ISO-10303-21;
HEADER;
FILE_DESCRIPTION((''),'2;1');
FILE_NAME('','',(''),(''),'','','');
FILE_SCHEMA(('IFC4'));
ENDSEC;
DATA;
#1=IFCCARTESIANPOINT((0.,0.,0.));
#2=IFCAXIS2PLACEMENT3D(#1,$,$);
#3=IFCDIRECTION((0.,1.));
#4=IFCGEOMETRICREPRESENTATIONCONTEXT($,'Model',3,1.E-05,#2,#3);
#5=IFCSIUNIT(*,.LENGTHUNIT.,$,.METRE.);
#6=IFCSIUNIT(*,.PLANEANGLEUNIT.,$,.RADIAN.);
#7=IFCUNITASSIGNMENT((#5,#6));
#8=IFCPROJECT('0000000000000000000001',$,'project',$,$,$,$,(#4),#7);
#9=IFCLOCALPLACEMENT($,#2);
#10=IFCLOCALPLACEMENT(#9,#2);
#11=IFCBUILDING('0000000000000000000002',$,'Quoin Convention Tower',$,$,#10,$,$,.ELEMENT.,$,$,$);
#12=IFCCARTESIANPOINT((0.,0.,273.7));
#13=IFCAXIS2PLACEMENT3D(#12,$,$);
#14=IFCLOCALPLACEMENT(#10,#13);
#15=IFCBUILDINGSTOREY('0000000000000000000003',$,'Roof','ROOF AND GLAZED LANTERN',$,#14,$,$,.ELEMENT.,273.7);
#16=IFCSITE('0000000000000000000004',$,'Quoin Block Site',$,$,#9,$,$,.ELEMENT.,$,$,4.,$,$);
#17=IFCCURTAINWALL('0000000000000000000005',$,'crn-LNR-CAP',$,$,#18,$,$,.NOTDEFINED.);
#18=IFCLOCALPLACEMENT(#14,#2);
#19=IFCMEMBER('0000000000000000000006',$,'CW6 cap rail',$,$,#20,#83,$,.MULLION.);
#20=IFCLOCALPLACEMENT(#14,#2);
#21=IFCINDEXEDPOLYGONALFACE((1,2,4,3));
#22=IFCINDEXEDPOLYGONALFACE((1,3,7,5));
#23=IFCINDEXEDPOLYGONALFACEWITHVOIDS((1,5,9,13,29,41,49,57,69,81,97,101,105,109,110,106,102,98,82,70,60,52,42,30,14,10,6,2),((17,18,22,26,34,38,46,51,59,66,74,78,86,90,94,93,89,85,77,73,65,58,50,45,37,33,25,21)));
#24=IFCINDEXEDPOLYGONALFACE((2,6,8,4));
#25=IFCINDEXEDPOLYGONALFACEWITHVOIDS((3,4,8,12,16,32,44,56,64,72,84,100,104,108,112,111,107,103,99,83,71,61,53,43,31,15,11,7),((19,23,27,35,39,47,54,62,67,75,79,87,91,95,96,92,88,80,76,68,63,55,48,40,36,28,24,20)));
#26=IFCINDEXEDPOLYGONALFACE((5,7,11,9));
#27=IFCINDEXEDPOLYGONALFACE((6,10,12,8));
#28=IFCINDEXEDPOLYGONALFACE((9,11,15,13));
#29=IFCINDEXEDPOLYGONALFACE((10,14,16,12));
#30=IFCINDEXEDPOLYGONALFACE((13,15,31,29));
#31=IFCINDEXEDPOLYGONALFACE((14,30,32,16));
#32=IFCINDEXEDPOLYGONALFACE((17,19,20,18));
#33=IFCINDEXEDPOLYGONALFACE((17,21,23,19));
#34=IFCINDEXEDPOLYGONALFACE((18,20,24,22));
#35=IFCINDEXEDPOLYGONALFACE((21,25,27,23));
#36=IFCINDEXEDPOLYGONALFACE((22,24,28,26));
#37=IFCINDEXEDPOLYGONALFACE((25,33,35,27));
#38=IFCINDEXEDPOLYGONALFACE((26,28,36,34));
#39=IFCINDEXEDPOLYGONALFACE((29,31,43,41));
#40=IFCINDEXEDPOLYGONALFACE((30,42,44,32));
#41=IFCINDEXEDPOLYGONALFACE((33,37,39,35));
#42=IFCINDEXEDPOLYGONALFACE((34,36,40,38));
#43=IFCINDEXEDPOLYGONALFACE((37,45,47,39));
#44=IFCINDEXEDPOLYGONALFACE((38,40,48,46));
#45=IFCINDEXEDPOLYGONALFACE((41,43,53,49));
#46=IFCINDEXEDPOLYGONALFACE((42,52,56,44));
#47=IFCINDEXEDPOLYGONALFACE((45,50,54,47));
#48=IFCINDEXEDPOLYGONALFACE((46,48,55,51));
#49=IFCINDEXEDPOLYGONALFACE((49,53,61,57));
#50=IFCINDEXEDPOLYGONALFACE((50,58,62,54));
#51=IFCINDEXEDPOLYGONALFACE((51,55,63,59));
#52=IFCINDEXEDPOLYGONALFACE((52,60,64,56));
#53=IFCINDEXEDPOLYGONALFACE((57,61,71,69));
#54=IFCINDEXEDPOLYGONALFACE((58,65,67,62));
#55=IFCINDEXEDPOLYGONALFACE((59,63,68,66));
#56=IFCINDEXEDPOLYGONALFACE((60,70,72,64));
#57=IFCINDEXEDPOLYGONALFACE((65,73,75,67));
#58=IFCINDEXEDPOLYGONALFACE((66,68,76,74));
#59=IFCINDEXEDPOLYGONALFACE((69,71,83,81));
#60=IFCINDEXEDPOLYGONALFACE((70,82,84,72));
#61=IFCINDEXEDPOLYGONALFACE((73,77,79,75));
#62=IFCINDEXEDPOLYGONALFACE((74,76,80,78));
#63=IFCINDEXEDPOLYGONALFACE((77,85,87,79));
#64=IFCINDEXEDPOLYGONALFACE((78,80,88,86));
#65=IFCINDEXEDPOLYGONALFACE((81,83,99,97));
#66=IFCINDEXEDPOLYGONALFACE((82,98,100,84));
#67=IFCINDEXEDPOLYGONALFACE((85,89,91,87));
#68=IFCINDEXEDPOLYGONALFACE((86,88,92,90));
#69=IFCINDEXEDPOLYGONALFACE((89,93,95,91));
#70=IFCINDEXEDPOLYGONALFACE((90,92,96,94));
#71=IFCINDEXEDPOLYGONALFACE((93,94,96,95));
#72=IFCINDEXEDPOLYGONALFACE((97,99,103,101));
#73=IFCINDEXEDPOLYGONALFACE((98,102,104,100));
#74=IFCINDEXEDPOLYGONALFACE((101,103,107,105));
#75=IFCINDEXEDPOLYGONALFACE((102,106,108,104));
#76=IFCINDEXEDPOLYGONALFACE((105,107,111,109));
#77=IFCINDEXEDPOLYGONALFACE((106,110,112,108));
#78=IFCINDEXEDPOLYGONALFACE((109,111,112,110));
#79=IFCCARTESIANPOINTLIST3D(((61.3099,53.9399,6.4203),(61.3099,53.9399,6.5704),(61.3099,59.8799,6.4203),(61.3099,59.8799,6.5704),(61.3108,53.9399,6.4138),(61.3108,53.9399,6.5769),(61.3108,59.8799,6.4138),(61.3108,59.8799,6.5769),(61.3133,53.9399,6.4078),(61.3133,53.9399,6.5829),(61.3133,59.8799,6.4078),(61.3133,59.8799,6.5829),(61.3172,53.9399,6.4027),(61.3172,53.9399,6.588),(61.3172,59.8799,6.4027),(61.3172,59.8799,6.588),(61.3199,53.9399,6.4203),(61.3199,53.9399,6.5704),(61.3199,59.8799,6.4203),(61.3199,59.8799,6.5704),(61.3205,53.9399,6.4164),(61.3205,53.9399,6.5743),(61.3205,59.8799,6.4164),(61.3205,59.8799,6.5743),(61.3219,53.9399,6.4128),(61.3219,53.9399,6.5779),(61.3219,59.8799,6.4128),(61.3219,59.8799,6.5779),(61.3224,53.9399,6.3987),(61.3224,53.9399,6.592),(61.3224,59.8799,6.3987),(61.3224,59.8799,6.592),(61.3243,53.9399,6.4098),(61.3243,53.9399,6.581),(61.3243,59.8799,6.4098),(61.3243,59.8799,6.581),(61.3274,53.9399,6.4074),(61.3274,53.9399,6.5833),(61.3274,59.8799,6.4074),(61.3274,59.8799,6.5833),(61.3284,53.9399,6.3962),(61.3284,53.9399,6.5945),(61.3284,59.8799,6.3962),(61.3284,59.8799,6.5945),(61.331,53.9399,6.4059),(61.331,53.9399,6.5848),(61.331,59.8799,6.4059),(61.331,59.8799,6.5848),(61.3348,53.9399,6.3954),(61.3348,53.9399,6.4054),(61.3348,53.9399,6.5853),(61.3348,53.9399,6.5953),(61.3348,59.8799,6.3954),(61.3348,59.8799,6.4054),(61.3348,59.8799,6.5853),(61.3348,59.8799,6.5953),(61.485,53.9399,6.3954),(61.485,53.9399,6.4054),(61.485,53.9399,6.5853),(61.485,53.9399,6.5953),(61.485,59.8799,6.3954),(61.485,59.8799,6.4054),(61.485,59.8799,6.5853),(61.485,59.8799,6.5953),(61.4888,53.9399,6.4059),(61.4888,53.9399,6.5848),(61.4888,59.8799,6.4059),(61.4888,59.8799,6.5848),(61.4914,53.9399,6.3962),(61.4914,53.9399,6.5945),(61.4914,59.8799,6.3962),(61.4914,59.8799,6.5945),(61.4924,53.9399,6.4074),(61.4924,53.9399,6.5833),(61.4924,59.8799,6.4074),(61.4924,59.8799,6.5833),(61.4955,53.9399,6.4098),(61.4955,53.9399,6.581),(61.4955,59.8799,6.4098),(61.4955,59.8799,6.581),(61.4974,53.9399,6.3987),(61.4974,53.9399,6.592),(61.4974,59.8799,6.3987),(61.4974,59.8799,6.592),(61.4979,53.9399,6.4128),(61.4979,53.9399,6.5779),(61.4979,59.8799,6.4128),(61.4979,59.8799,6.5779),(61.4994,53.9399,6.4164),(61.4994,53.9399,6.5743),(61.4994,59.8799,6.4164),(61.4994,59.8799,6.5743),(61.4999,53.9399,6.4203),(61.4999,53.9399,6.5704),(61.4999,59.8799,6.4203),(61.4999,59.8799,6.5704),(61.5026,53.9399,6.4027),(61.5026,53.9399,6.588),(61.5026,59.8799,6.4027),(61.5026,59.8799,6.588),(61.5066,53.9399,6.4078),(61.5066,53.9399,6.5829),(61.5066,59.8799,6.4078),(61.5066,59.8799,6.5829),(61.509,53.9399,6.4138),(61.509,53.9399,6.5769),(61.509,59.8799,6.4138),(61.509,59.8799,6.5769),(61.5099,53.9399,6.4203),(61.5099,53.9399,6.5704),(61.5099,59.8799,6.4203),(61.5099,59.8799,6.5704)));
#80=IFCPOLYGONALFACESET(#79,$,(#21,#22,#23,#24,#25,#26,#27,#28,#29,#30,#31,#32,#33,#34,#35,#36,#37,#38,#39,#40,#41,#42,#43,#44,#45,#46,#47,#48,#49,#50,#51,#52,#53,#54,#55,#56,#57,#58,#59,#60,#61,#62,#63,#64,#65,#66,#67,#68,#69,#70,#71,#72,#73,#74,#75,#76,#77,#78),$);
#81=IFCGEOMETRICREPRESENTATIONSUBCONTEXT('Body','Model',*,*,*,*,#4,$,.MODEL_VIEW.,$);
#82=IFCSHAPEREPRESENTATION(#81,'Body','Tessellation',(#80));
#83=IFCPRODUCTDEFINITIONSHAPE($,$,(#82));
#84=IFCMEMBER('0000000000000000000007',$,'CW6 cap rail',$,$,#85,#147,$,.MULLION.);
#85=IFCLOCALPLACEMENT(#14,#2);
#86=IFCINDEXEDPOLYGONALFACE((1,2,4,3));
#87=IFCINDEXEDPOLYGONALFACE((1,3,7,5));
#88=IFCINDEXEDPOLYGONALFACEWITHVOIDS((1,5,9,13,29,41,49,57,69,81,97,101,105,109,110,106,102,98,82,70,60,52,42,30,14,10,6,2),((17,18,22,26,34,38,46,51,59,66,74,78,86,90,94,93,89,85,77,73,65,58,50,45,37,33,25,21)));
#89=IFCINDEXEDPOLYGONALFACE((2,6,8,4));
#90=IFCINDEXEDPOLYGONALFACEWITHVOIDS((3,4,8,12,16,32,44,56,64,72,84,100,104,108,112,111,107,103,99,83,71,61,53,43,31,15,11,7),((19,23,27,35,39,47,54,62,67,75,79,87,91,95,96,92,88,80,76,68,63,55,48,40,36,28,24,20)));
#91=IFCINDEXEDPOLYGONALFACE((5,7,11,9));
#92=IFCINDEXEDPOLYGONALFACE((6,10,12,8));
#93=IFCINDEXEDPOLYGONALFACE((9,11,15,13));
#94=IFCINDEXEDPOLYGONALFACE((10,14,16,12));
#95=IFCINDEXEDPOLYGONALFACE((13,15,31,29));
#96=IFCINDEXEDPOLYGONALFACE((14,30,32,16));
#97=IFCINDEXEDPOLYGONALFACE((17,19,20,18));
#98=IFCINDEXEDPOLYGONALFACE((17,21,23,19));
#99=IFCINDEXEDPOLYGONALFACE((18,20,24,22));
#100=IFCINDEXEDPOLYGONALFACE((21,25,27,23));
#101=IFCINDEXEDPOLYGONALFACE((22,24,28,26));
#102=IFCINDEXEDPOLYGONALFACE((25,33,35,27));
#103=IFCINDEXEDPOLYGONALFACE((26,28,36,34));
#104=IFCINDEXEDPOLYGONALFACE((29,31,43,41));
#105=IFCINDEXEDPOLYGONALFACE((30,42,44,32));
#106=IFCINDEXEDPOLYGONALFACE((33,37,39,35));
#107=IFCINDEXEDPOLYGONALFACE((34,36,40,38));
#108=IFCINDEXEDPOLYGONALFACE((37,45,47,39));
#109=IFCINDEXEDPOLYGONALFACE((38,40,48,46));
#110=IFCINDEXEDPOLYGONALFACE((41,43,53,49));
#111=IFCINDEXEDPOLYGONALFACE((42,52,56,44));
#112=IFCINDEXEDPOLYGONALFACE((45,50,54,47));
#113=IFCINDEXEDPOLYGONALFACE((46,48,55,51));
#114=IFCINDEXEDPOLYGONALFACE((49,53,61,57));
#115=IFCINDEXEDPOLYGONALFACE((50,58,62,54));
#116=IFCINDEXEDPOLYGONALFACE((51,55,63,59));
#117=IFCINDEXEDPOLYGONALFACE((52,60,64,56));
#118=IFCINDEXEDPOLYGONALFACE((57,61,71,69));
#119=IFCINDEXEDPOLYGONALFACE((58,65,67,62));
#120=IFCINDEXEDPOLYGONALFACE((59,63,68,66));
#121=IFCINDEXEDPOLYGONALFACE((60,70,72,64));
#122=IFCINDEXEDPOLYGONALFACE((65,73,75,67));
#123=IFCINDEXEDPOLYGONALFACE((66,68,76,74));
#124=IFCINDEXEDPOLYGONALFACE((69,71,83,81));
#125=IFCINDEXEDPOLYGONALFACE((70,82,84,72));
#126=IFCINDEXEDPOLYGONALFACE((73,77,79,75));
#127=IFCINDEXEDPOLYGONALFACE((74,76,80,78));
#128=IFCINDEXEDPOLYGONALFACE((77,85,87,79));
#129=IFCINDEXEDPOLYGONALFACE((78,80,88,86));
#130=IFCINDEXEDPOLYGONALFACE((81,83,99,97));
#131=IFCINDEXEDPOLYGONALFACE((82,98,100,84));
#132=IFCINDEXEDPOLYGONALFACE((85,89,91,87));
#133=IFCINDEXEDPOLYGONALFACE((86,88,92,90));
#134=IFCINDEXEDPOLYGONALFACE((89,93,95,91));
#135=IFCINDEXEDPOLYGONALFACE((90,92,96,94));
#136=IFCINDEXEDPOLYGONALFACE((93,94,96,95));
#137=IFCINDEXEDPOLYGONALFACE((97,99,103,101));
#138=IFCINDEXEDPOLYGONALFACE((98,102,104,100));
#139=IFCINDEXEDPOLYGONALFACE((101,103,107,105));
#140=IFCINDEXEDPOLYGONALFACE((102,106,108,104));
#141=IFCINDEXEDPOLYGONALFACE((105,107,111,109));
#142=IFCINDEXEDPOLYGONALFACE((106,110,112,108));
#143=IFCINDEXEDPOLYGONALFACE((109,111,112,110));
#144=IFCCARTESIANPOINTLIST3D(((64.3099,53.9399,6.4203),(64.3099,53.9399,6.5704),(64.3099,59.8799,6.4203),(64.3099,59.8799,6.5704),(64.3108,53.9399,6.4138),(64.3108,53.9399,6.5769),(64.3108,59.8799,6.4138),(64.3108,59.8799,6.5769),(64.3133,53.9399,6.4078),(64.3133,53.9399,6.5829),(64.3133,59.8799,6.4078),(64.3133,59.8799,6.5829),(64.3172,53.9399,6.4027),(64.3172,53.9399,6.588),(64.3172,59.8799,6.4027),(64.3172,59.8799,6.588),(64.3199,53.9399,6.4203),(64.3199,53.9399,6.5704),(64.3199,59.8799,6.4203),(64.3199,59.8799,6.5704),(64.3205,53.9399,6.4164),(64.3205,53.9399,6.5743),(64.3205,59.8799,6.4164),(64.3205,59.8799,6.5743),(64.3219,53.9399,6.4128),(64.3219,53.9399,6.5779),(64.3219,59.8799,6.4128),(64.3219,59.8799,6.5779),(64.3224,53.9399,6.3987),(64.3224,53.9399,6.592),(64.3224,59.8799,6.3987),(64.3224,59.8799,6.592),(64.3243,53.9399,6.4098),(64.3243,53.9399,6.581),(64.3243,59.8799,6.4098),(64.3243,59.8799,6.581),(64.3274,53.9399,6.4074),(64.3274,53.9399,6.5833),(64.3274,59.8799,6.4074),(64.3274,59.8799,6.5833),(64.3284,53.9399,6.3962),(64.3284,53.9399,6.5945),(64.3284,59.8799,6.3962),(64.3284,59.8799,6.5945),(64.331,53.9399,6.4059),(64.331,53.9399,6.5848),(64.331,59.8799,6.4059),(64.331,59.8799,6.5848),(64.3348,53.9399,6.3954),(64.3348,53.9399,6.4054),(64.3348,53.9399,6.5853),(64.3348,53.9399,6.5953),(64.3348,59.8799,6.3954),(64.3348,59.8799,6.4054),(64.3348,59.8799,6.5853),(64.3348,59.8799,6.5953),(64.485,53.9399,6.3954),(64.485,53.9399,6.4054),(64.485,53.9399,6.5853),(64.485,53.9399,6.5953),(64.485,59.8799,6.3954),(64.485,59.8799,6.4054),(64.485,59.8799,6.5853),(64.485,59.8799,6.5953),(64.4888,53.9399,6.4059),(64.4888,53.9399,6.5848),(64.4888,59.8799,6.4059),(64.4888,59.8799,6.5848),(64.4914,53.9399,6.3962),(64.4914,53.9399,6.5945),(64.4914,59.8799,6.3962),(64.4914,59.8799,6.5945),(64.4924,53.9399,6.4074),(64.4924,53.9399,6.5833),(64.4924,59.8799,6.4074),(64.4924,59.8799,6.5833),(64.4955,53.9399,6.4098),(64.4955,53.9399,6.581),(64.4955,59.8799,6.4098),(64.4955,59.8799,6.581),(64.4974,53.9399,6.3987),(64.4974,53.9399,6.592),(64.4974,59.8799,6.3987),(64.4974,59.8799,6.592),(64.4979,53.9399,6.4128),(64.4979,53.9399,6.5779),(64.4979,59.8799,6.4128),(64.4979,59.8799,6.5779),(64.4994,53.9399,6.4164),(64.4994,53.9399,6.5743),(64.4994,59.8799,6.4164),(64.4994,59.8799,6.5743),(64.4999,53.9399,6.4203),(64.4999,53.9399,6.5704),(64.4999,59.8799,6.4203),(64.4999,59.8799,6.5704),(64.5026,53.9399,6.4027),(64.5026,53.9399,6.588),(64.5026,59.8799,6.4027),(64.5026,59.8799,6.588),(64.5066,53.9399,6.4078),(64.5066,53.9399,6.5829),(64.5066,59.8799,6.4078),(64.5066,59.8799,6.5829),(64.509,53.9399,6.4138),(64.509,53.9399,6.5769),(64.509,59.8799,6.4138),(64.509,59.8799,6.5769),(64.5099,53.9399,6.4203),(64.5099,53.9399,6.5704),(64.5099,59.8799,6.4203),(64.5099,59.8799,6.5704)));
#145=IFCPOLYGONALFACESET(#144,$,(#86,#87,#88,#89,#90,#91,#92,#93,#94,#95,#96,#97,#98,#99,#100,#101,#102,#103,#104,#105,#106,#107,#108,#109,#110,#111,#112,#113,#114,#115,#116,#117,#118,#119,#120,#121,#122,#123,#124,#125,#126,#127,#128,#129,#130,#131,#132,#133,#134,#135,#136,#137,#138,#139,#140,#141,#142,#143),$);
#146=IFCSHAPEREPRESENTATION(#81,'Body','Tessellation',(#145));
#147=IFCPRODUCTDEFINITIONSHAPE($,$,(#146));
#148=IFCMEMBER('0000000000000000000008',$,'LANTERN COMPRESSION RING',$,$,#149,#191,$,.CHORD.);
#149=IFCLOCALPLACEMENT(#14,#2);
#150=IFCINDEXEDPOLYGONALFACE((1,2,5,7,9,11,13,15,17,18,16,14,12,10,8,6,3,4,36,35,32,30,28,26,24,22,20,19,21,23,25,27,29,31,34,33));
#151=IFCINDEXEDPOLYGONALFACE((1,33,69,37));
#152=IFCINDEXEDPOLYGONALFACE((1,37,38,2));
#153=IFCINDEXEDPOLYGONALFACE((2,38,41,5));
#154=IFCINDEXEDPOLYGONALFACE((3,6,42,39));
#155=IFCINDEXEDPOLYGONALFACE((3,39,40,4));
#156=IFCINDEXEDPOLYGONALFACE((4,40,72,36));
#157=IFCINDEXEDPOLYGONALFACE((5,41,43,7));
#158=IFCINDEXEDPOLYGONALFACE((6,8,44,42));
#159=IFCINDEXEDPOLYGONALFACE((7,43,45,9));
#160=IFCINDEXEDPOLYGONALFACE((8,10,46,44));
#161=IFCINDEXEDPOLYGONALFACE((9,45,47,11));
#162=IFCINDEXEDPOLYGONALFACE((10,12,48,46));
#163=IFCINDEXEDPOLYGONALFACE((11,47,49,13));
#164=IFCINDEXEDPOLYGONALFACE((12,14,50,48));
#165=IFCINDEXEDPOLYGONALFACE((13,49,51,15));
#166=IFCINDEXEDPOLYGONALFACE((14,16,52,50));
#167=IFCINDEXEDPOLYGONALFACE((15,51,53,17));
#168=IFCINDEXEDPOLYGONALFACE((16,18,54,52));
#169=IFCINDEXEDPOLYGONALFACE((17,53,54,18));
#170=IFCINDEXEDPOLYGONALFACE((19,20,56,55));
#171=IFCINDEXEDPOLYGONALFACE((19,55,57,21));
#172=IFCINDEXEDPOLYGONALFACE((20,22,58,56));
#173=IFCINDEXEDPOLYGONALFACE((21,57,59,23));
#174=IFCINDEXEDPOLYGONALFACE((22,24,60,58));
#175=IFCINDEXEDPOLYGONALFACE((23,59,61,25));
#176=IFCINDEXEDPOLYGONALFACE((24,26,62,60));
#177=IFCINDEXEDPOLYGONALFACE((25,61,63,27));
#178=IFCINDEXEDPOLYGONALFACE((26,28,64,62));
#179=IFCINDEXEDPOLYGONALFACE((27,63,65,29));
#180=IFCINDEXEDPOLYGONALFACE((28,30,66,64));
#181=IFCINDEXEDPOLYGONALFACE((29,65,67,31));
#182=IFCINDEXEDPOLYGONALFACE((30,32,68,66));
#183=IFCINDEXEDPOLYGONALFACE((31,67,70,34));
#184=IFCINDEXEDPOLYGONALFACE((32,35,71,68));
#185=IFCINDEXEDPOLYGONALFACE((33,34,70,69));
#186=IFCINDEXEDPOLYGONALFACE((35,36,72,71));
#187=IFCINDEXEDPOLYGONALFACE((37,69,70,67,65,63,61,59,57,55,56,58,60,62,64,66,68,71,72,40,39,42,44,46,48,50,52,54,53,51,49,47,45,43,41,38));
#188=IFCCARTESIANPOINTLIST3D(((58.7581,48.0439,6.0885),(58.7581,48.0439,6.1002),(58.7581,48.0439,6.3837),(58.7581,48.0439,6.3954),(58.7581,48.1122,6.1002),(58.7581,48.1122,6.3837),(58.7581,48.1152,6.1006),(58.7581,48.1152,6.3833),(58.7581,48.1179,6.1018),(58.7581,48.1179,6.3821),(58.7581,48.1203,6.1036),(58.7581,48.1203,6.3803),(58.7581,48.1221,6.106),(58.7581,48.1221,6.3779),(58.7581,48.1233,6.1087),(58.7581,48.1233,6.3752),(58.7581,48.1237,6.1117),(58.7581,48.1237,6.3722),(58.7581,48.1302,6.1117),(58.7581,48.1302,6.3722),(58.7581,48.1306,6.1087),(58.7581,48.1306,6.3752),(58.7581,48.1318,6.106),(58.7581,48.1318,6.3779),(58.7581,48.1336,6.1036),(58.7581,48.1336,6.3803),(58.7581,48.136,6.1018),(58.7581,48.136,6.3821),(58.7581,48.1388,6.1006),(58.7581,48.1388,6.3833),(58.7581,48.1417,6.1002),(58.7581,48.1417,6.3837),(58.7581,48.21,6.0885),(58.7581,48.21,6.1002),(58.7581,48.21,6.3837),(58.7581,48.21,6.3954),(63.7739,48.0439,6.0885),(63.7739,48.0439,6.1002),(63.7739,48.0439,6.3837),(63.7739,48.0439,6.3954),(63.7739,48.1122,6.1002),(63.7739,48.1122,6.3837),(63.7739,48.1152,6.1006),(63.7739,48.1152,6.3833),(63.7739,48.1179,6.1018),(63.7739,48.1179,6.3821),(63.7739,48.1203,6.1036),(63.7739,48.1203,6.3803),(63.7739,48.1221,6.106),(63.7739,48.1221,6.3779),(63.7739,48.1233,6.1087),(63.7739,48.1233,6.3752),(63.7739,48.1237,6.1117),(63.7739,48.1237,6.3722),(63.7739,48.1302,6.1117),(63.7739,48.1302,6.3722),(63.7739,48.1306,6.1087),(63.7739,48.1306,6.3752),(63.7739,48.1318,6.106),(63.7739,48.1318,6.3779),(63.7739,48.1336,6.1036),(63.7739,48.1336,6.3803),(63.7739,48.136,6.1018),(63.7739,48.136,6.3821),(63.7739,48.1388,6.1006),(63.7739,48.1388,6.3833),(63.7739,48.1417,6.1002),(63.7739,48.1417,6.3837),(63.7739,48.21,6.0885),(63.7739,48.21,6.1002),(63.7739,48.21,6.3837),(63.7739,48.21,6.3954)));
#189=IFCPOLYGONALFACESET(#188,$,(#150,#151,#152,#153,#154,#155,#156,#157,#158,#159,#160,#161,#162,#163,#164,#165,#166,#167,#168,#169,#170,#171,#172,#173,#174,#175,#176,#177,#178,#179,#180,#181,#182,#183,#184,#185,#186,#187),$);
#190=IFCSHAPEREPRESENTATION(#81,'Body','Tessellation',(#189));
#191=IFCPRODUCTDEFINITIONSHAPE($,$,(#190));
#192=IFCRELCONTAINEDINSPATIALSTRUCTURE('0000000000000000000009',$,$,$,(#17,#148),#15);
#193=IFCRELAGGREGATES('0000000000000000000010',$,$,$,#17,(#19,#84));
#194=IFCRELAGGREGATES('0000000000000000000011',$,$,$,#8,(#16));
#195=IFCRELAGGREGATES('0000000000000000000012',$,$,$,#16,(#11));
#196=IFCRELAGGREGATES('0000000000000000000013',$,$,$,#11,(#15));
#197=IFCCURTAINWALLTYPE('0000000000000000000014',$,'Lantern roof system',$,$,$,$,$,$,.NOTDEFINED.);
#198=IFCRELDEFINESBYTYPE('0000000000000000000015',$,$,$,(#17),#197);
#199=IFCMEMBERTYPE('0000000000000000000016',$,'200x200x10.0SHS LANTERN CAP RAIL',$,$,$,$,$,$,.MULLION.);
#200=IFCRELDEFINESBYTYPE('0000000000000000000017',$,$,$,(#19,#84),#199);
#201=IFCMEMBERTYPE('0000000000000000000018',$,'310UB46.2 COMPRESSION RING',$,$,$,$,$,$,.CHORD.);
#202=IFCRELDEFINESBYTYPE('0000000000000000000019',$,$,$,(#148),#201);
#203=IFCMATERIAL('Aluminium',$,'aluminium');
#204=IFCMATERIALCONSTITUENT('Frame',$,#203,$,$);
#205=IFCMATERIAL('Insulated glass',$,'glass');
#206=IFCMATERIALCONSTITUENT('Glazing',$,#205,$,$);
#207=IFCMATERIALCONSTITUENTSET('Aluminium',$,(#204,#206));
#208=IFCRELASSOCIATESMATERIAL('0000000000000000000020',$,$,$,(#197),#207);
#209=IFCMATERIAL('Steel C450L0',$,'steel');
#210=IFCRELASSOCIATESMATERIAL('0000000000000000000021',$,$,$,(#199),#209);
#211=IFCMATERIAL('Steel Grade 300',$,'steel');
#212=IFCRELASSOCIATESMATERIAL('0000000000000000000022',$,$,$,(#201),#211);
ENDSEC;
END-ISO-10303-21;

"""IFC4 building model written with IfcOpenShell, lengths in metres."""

from ifc_helpers import new_model, si_unit, direction, frame, origin, origin_2d, place, context, subcontext, project, spatial, hollow_rectangle, i_section, extrude, material, constituent, constituent_set, material_profile, profile_set, type_object, element, aggregate, save


model = new_model("IFC4")

# Units and contexts
model_context = context("Model", 3, precision=1e-05, world=origin(), true_north=direction((0.0, 1.0)))
body_context = subcontext(model_context, "Body", "Model", "MODEL_VIEW")
ifc_project = project(units=[si_unit("LENGTHUNIT", "METRE"), si_unit("PLANEANGLEUNIT", "RADIAN")], contexts=[model_context])

# Site, building, storey
site_placement = place(None, origin())
site = spatial("IfcSite", under=ifc_project, at=site_placement, Name="Quoin Block Site", CompositionType="ELEMENT", RefElevation=4.0)
building_placement = place(site_placement, origin())
building = spatial("IfcBuilding", under=site, at=building_placement, Name="Quoin Convention Tower", CompositionType="ELEMENT")
storey_placement = place(building_placement, frame((0.0, 0.0, 273.7)))
storey = spatial("IfcBuildingStorey", under=building, at=storey_placement, Name="Roof", Description="ROOF AND GLAZED LANTERN", CompositionType="ELEMENT", Elevation=273.7)

# Shared definitions
ifc_material_1 = material(Name="Steel C450L0", Category="steel")

# Curtain wall, members
ifc_material_2 = material(Name="Aluminium", Category="aluminium")
ifc_constituent_1 = constituent(ifc_material_2, Name="Frame")
ifc_material_3 = material(Name="Insulated glass", Category="glass")
ifc_constituent_2 = constituent(ifc_material_3, Name="Glazing")
ifc_constituent_set = constituent_set(constituents=[ifc_constituent_1, ifc_constituent_2], Name="Aluminium")
curtain_wall_type = type_object("IfcCurtainWallType", Name="Lantern roof system", PredefinedType="NOTDEFINED", material=ifc_constituent_set)
curtain_wall_1_placement = place(storey_placement, origin())
curtain_wall_1 = element("IfcCurtainWall", 1, at=curtain_wall_1_placement, inside=storey, type_object=curtain_wall_type, Name="crn-LNR-CAP", PredefinedType="NOTDEFINED")
ifc_material_profile_1 = material_profile(ifc_material_1, hollow_rectangle(XDim=0.2, YDim=0.2, WallThickness=0.01, InnerFilletRadius=0.0149, OuterFilletRadius=0.0249, at=origin_2d()), Name="200x200x10.0SHS")
ifc_profile_set_1 = profile_set([ifc_material_profile_1], Name="Steel C450L0")
member_type_1 = type_object("IfcMemberType", Name="200x200x10.0SHS LANTERN CAP RAIL", PredefinedType="MULLION", material=ifc_profile_set_1)
member_1_placement = place(storey_placement, frame((61.4099, 53.9399, 6.4954), z_axis=(0.0, 1.0, 0.0), x_axis=(-1.0, 0.0, 0.0)))
member_1 = element("IfcMember", 2, at=member_1_placement, type_object=member_type_1, Name="CW6 cap rail", PredefinedType="MULLION", context=body_context, shape_type="SweptSolid", body=[
    extrude(hollow_rectangle(XDim=0.2, YDim=0.2, WallThickness=0.01, InnerFilletRadius=0.0149, OuterFilletRadius=0.0249, at=origin_2d()), origin(), (0.0, 0.0, 1.0), 5.9399),
])
member_2_placement = place(storey_placement, frame((64.4099, 53.9399, 6.4954), z_axis=(0.0, 1.0, 0.0), x_axis=(-1.0, 0.0, 0.0)))
member_2 = element("IfcMember", 3, at=member_2_placement, type_object=member_type_1, Name="CW6 cap rail", PredefinedType="MULLION", context=body_context, shape_type="SweptSolid", body=[
    extrude(hollow_rectangle(XDim=0.2, YDim=0.2, WallThickness=0.01, InnerFilletRadius=0.0149, OuterFilletRadius=0.0249, at=origin_2d()), origin(), (0.0, 0.0, 1.0), 5.9399),
])

# Member
ifc_material_4 = material(Name="Steel Grade 300", Category="steel")
ifc_material_profile_2 = material_profile(ifc_material_4, i_section(OverallWidth=0.166, OverallDepth=0.3069, WebThickness=0.0066, FlangeThickness=0.0117, FilletRadius=0.0115, at=origin_2d()), Name="310UB46.2")
ifc_profile_set_2 = profile_set([ifc_material_profile_2], Name="Steel Grade 300")
member_type_2 = type_object("IfcMemberType", Name="310UB46.2 COMPRESSION RING", PredefinedType="CHORD", material=ifc_profile_set_2)
member_3_placement = place(storey_placement, frame((58.7581, 48.127, 6.2419), z_axis=(1.0, 0.0, 0.0), x_axis=(0.0, 1.0, 0.0)))
element("IfcMember", 4, at=member_3_placement, inside=storey, type_object=member_type_2, Name="LANTERN COMPRESSION RING", PredefinedType="CHORD", context=body_context, shape_type="SweptSolid", body=[
    extrude(i_section(OverallWidth=0.166, OverallDepth=0.3069, WebThickness=0.0066, FlangeThickness=0.0117, FilletRadius=0.0115, at=origin_2d()), origin(), (0.0, 0.0, 1.0), 5.0159),
])

aggregate(curtain_wall_1, [member_1, member_2])

save(model, "model.ifc")
